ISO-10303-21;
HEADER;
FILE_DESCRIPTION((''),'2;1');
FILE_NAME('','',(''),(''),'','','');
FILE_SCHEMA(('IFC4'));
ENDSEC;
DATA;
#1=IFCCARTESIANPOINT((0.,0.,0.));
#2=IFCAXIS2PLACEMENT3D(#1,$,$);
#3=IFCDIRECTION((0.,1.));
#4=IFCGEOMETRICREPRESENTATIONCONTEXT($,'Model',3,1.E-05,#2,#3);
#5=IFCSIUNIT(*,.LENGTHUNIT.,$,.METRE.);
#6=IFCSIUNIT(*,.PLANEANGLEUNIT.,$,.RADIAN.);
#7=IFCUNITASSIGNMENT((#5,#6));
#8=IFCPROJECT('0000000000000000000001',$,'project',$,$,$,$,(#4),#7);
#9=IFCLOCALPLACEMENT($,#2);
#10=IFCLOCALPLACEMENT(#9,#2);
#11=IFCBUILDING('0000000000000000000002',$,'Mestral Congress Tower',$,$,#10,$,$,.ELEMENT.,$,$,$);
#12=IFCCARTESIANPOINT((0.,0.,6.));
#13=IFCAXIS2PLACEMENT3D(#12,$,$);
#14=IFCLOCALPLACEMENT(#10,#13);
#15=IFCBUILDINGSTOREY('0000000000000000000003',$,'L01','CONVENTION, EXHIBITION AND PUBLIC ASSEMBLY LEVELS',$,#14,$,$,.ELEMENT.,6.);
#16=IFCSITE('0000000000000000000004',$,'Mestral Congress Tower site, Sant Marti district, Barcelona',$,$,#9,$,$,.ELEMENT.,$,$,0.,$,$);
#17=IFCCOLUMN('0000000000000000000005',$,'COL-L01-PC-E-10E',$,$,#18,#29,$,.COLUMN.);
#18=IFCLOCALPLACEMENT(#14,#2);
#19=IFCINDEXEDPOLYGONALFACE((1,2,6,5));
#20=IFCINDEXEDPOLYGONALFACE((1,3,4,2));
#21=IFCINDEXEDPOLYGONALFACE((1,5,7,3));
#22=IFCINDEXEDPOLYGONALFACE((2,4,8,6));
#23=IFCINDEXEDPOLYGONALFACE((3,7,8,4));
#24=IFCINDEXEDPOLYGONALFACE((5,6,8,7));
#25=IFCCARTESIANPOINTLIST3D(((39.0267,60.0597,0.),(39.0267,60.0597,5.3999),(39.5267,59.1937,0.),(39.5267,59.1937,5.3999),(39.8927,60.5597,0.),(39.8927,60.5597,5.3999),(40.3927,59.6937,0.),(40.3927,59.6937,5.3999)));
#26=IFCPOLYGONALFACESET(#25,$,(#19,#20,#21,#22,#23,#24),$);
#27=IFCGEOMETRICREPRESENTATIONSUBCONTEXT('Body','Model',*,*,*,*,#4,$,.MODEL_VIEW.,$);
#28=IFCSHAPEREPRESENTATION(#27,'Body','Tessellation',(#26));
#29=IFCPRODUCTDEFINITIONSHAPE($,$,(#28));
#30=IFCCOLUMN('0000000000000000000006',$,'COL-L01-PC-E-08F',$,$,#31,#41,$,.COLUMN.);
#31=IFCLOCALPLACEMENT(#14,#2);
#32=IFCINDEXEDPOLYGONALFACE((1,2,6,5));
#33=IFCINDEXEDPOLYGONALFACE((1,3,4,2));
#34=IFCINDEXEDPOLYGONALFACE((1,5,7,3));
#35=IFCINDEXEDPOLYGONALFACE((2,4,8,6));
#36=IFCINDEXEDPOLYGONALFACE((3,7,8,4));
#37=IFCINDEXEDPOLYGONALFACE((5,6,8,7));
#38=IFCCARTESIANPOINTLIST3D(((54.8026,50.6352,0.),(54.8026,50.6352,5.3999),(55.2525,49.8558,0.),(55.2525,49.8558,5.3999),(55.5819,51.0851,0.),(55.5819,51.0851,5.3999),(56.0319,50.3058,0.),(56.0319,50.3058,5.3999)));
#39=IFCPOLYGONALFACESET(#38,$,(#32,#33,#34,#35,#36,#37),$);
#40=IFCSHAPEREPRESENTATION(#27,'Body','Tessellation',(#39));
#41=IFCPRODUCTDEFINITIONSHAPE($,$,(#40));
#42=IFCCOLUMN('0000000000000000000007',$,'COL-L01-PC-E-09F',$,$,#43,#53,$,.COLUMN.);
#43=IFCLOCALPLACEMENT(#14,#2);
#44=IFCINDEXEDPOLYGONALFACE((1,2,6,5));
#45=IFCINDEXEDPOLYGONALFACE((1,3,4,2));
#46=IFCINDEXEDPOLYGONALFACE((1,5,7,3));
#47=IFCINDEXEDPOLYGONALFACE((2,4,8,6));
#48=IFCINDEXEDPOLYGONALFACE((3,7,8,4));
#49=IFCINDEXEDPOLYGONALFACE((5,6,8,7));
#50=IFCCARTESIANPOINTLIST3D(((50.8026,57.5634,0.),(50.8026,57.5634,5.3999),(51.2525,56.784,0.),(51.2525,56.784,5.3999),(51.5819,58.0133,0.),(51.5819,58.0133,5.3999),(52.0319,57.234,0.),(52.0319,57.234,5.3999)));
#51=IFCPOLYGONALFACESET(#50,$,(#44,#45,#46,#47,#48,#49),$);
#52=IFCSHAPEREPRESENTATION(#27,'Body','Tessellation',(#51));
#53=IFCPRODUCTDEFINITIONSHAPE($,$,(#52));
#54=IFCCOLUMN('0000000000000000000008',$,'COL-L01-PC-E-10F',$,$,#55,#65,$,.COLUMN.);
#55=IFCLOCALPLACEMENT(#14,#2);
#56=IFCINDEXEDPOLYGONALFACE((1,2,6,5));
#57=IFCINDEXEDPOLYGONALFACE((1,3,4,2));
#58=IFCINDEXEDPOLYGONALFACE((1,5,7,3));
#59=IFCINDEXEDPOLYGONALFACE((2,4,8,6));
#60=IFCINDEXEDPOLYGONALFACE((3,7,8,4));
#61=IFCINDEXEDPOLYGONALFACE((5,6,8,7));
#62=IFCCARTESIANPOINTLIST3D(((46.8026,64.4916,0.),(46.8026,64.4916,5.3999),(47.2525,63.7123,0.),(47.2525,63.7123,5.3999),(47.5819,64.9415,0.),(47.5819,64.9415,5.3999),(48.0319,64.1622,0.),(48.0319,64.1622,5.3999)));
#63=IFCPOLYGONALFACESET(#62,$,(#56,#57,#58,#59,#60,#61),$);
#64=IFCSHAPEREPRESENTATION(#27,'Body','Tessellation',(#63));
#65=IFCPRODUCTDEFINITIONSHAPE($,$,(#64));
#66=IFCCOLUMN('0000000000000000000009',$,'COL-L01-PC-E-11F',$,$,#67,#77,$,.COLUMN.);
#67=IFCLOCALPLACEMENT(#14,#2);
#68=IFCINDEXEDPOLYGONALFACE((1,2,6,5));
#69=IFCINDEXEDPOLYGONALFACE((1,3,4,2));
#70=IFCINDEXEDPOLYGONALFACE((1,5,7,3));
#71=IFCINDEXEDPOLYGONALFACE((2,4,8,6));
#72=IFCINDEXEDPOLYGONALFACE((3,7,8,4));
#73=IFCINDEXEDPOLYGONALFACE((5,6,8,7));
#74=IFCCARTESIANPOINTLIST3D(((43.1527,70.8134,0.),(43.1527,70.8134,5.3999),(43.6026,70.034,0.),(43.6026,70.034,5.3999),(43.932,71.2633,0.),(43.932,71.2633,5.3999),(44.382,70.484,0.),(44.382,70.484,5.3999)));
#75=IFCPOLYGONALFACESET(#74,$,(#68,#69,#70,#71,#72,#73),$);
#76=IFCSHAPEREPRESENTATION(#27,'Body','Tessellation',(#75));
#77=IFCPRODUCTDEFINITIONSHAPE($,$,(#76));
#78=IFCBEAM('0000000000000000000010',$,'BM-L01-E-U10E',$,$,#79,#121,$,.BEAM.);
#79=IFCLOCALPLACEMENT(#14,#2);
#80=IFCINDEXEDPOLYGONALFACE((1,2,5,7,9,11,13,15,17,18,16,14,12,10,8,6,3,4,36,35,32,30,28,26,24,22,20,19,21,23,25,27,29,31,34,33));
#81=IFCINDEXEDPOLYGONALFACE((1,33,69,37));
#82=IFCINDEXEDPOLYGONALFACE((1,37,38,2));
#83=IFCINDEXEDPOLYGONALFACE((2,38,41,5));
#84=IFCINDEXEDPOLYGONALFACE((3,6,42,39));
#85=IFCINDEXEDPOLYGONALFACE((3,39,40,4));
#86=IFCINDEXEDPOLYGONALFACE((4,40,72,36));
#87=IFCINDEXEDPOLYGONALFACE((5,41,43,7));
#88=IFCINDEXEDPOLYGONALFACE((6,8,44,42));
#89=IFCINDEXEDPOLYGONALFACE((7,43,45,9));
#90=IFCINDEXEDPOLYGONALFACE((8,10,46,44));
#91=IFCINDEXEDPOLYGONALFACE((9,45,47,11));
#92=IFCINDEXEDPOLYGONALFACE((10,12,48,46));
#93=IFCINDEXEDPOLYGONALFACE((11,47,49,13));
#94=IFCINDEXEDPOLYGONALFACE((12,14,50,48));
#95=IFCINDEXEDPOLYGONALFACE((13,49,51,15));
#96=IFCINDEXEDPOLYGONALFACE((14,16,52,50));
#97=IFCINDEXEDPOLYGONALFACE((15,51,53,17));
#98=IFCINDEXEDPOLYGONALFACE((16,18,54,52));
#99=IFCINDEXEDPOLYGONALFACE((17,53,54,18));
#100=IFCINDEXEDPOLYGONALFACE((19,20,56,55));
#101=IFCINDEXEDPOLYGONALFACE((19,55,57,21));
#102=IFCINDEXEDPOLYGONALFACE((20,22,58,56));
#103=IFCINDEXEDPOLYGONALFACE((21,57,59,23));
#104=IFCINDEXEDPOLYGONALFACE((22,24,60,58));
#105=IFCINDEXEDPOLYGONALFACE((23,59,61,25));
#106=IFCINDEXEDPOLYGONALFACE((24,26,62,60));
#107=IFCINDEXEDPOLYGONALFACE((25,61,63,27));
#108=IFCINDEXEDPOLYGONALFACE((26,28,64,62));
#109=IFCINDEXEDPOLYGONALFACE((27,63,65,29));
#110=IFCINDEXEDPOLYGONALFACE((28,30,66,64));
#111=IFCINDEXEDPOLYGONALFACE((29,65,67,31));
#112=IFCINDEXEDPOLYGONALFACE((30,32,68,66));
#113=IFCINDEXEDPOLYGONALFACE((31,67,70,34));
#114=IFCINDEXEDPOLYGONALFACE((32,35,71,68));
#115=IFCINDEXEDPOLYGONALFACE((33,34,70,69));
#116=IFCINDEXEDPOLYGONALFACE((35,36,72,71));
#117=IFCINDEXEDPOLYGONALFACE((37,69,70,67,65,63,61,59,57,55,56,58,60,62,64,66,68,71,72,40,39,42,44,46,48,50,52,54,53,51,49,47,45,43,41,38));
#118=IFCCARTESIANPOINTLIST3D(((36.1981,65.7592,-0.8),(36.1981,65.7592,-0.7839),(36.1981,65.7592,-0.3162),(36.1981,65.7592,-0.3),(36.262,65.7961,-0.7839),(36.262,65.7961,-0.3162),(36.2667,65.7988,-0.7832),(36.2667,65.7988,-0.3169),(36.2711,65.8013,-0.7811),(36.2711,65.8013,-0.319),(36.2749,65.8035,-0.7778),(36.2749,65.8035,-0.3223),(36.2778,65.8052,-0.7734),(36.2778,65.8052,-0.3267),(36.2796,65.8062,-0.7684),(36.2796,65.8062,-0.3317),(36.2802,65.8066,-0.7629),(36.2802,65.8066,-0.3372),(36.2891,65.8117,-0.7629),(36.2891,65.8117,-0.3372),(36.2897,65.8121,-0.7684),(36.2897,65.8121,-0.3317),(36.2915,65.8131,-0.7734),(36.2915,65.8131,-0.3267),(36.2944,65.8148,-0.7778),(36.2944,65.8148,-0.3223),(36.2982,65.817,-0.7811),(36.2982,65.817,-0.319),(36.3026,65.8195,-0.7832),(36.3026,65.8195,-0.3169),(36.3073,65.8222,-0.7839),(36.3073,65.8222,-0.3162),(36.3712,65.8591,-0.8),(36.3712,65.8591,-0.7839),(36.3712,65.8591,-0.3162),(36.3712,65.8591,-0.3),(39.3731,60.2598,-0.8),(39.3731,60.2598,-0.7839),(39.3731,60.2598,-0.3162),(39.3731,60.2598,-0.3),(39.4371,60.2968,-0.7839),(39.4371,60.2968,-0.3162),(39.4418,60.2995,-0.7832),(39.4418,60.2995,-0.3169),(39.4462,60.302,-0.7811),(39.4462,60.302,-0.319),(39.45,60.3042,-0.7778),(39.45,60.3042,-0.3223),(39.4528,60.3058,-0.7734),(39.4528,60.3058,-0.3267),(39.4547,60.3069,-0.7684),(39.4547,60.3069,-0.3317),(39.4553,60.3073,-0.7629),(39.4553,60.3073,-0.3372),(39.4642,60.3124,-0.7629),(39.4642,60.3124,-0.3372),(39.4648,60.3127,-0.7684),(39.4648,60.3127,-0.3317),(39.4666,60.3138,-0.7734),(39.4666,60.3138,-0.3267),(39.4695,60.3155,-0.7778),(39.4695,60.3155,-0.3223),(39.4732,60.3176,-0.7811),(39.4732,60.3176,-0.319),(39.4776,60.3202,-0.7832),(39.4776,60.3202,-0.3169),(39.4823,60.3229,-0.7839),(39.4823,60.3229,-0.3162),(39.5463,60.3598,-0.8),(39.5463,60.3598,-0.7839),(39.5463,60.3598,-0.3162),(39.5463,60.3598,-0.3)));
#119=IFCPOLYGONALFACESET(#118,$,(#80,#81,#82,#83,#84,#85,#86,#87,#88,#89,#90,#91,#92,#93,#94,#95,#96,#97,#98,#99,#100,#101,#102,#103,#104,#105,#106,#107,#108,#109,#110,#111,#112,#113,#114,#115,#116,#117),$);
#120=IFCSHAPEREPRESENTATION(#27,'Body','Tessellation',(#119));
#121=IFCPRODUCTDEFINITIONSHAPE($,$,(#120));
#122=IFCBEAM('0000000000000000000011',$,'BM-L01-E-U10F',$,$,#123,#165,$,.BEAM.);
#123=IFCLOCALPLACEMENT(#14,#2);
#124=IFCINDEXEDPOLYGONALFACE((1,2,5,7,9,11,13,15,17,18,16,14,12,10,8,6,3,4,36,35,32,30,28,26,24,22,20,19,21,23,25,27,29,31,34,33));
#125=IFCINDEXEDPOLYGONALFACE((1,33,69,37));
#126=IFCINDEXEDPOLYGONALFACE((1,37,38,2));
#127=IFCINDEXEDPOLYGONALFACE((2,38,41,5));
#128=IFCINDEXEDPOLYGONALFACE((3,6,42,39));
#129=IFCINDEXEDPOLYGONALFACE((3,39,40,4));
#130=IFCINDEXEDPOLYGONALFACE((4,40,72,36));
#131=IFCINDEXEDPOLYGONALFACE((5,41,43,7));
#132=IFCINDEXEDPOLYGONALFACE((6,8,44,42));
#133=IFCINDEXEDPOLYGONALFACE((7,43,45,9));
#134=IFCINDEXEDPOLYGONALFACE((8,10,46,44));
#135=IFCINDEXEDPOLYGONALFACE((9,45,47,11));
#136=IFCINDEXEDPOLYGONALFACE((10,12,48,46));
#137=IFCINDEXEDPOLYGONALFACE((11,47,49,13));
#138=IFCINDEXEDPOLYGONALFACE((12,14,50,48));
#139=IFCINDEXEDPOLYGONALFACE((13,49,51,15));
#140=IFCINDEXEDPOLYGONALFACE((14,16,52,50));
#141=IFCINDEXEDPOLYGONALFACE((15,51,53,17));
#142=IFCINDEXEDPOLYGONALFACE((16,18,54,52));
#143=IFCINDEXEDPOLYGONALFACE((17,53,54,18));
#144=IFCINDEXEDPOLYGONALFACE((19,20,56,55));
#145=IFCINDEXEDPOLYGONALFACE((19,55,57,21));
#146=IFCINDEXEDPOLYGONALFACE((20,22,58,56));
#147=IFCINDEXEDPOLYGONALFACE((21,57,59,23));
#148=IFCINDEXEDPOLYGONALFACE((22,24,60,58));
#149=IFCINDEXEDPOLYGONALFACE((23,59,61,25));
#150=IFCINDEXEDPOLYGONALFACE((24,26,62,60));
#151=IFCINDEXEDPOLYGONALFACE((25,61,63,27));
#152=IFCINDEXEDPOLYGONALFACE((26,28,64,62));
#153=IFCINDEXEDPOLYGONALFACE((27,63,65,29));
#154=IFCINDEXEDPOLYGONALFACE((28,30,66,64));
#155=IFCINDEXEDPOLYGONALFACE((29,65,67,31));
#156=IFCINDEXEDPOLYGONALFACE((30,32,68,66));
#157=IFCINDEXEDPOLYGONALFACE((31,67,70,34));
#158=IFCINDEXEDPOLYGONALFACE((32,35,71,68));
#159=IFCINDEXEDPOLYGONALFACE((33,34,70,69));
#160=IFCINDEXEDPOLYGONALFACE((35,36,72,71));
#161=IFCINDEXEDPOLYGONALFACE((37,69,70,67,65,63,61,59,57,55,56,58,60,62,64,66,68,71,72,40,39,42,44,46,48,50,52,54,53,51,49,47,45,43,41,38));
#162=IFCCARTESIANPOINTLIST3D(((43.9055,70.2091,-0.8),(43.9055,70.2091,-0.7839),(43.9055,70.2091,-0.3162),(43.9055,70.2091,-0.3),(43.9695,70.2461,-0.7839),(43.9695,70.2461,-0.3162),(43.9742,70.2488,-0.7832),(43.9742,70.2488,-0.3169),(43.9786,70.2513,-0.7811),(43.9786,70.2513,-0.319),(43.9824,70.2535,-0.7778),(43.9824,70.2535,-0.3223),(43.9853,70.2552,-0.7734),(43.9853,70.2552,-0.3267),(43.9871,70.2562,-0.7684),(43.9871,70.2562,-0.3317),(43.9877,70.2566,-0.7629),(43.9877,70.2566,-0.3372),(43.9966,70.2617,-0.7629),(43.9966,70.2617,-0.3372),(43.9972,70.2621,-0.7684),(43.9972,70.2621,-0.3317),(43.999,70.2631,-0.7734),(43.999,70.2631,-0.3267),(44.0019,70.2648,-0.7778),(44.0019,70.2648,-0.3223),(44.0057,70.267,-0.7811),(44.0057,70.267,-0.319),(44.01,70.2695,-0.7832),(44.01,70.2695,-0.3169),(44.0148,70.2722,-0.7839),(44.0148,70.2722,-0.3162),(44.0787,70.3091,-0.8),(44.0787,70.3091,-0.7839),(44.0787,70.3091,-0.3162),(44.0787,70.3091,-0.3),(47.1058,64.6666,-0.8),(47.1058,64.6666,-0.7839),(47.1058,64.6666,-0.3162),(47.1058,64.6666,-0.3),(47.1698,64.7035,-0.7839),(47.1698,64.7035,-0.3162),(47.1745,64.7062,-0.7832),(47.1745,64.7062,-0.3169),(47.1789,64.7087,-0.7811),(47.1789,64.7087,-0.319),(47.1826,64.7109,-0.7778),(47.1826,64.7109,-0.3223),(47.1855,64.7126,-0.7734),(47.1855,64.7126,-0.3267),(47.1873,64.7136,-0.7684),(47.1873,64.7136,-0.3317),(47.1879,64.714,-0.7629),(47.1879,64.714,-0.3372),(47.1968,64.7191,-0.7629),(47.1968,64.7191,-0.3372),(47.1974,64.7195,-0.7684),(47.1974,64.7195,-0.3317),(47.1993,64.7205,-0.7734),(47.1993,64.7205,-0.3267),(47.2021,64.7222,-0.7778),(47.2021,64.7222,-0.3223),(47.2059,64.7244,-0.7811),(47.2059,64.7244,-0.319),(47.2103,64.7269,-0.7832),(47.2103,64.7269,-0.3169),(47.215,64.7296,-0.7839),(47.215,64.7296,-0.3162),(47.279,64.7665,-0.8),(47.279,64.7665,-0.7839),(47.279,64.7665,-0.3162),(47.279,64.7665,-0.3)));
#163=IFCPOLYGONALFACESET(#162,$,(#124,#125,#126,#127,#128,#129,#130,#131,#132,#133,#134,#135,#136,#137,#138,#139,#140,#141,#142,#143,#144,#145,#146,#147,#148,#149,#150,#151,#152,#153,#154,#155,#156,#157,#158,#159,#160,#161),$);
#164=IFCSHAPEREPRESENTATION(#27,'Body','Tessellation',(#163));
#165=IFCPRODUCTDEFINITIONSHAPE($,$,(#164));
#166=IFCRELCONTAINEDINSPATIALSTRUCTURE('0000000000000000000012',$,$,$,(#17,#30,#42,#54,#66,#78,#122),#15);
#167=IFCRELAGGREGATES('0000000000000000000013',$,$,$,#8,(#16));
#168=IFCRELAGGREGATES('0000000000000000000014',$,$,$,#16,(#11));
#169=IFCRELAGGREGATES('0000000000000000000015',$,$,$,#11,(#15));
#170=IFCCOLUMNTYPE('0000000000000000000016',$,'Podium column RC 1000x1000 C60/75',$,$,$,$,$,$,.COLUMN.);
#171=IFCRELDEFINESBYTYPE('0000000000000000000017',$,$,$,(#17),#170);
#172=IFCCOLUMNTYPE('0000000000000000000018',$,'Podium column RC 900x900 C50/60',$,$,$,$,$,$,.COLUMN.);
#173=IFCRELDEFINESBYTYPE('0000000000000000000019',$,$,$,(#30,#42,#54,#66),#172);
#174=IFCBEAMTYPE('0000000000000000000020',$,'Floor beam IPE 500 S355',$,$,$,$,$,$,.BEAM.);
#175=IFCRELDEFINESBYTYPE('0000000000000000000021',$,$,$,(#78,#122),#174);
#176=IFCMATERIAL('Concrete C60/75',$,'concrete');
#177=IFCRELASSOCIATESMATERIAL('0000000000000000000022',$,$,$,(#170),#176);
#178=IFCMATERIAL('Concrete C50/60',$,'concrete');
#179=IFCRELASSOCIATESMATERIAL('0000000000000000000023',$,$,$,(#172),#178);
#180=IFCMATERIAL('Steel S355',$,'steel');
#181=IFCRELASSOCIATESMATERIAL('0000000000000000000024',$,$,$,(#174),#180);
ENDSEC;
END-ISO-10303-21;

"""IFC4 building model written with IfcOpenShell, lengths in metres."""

from ifc_helpers import new_model, si_unit, direction, frame, origin, origin_2d, place, context, subcontext, project, spatial, rectangle, i_section, extrude, material, material_profile, profile_set, type_object, element, save


model = new_model("IFC4")

# Units and contexts
model_context = context("Model", 3, precision=1e-05, world=origin(), true_north=direction((0.0, 1.0)))
body_context = subcontext(model_context, "Body", "Model", "MODEL_VIEW")
ifc_project = project(units=[si_unit("LENGTHUNIT", "METRE"), si_unit("PLANEANGLEUNIT", "RADIAN")], contexts=[model_context])

# Site, building, storey
site_placement = place(None, origin())
site = spatial("IfcSite", under=ifc_project, at=site_placement, Name="Mestral Congress Tower site, Sant Marti district, Barcelona", CompositionType="ELEMENT", RefElevation=0.0)
building_placement = place(site_placement, origin())
building = spatial("IfcBuilding", under=site, at=building_placement, Name="Mestral Congress Tower", CompositionType="ELEMENT")
storey_placement = place(building_placement, frame((0.0, 0.0, 6.0)))
storey = spatial("IfcBuildingStorey", under=building, at=storey_placement, Name="L01", Description="CONVENTION, EXHIBITION AND PUBLIC ASSEMBLY LEVELS", CompositionType="ELEMENT", Elevation=6.0)

# Columns
ifc_material_1 = material(Name="Concrete C60/75", Category="concrete")
ifc_material_profile_1 = material_profile(ifc_material_1, rectangle(XDim=1.0, YDim=1.0, at=origin_2d()), Name="RC 1000x1000")
ifc_profile_set_1 = profile_set([ifc_material_profile_1], Name="Concrete C60/75")
column_type_1 = type_object("IfcColumnType", Name="Podium column RC 1000x1000 C60/75", PredefinedType="COLUMN", material=ifc_profile_set_1)
column_placement = place(storey_placement, frame((39.7097, 59.8767, 0.0), z_axis=(0.0, 0.0, 1.0), x_axis=(-0.5, 0.866025, 0.0)))
element("IfcColumn", 1, at=column_placement, inside=storey, type_object=column_type_1, Name="COL-L01-PC-E-10E", PredefinedType="COLUMN", context=body_context, shape_type="SweptSolid", body=[
    extrude(rectangle(XDim=1.0, YDim=1.0, at=origin_2d()), origin(), (0.0, 0.0, 1.0), 5.3999),
])
ifc_material_2 = material(Name="Concrete C50/60", Category="concrete")
ifc_material_profile_2 = material_profile(ifc_material_2, rectangle(XDim=0.8999, YDim=0.8999, at=origin_2d()), Name="RC 900x900")
ifc_profile_set_2 = profile_set([ifc_material_profile_2], Name="Concrete C50/60")
column_type_2 = type_object("IfcColumnType", Name="Podium column RC 900x900 C50/60", PredefinedType="COLUMN", material=ifc_profile_set_2)
for number, where, z_axis, x_axis, name in (
    (2, (55.4172, 50.4705, 0.0), (0.0, 0.0, 1.0), (-0.5, 0.866025, 0.0), "COL-L01-PC-E-08F"),
    (3, (51.4172, 57.3987, 0.0), (0.0, 0.0, 1.0), (-0.5, 0.866025, 0.0), "COL-L01-PC-E-09F"),
    (4, (47.4172, 64.3269, 0.0), (0.0, 0.0, 1.0), (-0.5, 0.866025, 0.0), "COL-L01-PC-E-10F"),
    (5, (43.7673, 70.6487, 0.0), (0.0, 0.0, 1.0), (-0.5, 0.866025, 0.0), "COL-L01-PC-E-11F"),
):
    element("IfcColumn", number, at=place(storey_placement, frame(where, z_axis=z_axis, x_axis=x_axis)), inside=storey, type_object=column_type_2, Name=name, PredefinedType="COLUMN", context=body_context, shape_type="SweptSolid", body=[
        extrude(rectangle(XDim=0.8999, YDim=0.8999, at=origin_2d()), origin(), (0.0, 0.0, 1.0), 5.3999),
    ])

# Beams
ifc_material_3 = material(Name="Steel S355", Category="steel")
ifc_material_profile_3 = material_profile(ifc_material_3, i_section(OverallWidth=0.2, OverallDepth=0.5, WebThickness=0.0103, FlangeThickness=0.0161, FilletRadius=0.021, at=origin_2d()), Name="IPE 500")
ifc_profile_set_3 = profile_set([ifc_material_profile_3], Name="Steel S355")
beam_type_1 = type_object("IfcBeamType", Name="Floor beam IPE 500 S355", PredefinedType="BEAM", material=ifc_profile_set_3)
beam_1_placement = place(storey_placement, frame((39.4597, 60.3098, -0.55), z_axis=(-0.500005, 0.866022, 0.0), x_axis=(-0.866022, -0.500005, 0.0)))
element("IfcBeam", 6, at=beam_1_placement, inside=storey, type_object=beam_type_1, Name="BM-L01-E-U10E", PredefinedType="BEAM", context=body_context, shape_type="SweptSolid", body=[
    extrude(i_section(OverallWidth=0.2, OverallDepth=0.5, WebThickness=0.0103, FlangeThickness=0.0161, FilletRadius=0.021, at=origin_2d()), origin(), (0.0, 0.0, 1.0), 6.3501),
])
beam_2_placement = place(storey_placement, frame((47.1924, 64.7166, -0.55), z_axis=(-0.500028, 0.866009, 0.0), x_axis=(-0.866009, -0.500028, 0.0)))
element("IfcBeam", 7, at=beam_2_placement, inside=storey, type_object=beam_type_1, Name="BM-L01-E-U10F", PredefinedType="BEAM", context=body_context, shape_type="SweptSolid", body=[
    extrude(i_section(OverallWidth=0.2, OverallDepth=0.5, WebThickness=0.0103, FlangeThickness=0.0161, FilletRadius=0.021, at=origin_2d()), origin(), (0.0, 0.0, 1.0), 6.4001),
])

save(model, "model.ifc")
